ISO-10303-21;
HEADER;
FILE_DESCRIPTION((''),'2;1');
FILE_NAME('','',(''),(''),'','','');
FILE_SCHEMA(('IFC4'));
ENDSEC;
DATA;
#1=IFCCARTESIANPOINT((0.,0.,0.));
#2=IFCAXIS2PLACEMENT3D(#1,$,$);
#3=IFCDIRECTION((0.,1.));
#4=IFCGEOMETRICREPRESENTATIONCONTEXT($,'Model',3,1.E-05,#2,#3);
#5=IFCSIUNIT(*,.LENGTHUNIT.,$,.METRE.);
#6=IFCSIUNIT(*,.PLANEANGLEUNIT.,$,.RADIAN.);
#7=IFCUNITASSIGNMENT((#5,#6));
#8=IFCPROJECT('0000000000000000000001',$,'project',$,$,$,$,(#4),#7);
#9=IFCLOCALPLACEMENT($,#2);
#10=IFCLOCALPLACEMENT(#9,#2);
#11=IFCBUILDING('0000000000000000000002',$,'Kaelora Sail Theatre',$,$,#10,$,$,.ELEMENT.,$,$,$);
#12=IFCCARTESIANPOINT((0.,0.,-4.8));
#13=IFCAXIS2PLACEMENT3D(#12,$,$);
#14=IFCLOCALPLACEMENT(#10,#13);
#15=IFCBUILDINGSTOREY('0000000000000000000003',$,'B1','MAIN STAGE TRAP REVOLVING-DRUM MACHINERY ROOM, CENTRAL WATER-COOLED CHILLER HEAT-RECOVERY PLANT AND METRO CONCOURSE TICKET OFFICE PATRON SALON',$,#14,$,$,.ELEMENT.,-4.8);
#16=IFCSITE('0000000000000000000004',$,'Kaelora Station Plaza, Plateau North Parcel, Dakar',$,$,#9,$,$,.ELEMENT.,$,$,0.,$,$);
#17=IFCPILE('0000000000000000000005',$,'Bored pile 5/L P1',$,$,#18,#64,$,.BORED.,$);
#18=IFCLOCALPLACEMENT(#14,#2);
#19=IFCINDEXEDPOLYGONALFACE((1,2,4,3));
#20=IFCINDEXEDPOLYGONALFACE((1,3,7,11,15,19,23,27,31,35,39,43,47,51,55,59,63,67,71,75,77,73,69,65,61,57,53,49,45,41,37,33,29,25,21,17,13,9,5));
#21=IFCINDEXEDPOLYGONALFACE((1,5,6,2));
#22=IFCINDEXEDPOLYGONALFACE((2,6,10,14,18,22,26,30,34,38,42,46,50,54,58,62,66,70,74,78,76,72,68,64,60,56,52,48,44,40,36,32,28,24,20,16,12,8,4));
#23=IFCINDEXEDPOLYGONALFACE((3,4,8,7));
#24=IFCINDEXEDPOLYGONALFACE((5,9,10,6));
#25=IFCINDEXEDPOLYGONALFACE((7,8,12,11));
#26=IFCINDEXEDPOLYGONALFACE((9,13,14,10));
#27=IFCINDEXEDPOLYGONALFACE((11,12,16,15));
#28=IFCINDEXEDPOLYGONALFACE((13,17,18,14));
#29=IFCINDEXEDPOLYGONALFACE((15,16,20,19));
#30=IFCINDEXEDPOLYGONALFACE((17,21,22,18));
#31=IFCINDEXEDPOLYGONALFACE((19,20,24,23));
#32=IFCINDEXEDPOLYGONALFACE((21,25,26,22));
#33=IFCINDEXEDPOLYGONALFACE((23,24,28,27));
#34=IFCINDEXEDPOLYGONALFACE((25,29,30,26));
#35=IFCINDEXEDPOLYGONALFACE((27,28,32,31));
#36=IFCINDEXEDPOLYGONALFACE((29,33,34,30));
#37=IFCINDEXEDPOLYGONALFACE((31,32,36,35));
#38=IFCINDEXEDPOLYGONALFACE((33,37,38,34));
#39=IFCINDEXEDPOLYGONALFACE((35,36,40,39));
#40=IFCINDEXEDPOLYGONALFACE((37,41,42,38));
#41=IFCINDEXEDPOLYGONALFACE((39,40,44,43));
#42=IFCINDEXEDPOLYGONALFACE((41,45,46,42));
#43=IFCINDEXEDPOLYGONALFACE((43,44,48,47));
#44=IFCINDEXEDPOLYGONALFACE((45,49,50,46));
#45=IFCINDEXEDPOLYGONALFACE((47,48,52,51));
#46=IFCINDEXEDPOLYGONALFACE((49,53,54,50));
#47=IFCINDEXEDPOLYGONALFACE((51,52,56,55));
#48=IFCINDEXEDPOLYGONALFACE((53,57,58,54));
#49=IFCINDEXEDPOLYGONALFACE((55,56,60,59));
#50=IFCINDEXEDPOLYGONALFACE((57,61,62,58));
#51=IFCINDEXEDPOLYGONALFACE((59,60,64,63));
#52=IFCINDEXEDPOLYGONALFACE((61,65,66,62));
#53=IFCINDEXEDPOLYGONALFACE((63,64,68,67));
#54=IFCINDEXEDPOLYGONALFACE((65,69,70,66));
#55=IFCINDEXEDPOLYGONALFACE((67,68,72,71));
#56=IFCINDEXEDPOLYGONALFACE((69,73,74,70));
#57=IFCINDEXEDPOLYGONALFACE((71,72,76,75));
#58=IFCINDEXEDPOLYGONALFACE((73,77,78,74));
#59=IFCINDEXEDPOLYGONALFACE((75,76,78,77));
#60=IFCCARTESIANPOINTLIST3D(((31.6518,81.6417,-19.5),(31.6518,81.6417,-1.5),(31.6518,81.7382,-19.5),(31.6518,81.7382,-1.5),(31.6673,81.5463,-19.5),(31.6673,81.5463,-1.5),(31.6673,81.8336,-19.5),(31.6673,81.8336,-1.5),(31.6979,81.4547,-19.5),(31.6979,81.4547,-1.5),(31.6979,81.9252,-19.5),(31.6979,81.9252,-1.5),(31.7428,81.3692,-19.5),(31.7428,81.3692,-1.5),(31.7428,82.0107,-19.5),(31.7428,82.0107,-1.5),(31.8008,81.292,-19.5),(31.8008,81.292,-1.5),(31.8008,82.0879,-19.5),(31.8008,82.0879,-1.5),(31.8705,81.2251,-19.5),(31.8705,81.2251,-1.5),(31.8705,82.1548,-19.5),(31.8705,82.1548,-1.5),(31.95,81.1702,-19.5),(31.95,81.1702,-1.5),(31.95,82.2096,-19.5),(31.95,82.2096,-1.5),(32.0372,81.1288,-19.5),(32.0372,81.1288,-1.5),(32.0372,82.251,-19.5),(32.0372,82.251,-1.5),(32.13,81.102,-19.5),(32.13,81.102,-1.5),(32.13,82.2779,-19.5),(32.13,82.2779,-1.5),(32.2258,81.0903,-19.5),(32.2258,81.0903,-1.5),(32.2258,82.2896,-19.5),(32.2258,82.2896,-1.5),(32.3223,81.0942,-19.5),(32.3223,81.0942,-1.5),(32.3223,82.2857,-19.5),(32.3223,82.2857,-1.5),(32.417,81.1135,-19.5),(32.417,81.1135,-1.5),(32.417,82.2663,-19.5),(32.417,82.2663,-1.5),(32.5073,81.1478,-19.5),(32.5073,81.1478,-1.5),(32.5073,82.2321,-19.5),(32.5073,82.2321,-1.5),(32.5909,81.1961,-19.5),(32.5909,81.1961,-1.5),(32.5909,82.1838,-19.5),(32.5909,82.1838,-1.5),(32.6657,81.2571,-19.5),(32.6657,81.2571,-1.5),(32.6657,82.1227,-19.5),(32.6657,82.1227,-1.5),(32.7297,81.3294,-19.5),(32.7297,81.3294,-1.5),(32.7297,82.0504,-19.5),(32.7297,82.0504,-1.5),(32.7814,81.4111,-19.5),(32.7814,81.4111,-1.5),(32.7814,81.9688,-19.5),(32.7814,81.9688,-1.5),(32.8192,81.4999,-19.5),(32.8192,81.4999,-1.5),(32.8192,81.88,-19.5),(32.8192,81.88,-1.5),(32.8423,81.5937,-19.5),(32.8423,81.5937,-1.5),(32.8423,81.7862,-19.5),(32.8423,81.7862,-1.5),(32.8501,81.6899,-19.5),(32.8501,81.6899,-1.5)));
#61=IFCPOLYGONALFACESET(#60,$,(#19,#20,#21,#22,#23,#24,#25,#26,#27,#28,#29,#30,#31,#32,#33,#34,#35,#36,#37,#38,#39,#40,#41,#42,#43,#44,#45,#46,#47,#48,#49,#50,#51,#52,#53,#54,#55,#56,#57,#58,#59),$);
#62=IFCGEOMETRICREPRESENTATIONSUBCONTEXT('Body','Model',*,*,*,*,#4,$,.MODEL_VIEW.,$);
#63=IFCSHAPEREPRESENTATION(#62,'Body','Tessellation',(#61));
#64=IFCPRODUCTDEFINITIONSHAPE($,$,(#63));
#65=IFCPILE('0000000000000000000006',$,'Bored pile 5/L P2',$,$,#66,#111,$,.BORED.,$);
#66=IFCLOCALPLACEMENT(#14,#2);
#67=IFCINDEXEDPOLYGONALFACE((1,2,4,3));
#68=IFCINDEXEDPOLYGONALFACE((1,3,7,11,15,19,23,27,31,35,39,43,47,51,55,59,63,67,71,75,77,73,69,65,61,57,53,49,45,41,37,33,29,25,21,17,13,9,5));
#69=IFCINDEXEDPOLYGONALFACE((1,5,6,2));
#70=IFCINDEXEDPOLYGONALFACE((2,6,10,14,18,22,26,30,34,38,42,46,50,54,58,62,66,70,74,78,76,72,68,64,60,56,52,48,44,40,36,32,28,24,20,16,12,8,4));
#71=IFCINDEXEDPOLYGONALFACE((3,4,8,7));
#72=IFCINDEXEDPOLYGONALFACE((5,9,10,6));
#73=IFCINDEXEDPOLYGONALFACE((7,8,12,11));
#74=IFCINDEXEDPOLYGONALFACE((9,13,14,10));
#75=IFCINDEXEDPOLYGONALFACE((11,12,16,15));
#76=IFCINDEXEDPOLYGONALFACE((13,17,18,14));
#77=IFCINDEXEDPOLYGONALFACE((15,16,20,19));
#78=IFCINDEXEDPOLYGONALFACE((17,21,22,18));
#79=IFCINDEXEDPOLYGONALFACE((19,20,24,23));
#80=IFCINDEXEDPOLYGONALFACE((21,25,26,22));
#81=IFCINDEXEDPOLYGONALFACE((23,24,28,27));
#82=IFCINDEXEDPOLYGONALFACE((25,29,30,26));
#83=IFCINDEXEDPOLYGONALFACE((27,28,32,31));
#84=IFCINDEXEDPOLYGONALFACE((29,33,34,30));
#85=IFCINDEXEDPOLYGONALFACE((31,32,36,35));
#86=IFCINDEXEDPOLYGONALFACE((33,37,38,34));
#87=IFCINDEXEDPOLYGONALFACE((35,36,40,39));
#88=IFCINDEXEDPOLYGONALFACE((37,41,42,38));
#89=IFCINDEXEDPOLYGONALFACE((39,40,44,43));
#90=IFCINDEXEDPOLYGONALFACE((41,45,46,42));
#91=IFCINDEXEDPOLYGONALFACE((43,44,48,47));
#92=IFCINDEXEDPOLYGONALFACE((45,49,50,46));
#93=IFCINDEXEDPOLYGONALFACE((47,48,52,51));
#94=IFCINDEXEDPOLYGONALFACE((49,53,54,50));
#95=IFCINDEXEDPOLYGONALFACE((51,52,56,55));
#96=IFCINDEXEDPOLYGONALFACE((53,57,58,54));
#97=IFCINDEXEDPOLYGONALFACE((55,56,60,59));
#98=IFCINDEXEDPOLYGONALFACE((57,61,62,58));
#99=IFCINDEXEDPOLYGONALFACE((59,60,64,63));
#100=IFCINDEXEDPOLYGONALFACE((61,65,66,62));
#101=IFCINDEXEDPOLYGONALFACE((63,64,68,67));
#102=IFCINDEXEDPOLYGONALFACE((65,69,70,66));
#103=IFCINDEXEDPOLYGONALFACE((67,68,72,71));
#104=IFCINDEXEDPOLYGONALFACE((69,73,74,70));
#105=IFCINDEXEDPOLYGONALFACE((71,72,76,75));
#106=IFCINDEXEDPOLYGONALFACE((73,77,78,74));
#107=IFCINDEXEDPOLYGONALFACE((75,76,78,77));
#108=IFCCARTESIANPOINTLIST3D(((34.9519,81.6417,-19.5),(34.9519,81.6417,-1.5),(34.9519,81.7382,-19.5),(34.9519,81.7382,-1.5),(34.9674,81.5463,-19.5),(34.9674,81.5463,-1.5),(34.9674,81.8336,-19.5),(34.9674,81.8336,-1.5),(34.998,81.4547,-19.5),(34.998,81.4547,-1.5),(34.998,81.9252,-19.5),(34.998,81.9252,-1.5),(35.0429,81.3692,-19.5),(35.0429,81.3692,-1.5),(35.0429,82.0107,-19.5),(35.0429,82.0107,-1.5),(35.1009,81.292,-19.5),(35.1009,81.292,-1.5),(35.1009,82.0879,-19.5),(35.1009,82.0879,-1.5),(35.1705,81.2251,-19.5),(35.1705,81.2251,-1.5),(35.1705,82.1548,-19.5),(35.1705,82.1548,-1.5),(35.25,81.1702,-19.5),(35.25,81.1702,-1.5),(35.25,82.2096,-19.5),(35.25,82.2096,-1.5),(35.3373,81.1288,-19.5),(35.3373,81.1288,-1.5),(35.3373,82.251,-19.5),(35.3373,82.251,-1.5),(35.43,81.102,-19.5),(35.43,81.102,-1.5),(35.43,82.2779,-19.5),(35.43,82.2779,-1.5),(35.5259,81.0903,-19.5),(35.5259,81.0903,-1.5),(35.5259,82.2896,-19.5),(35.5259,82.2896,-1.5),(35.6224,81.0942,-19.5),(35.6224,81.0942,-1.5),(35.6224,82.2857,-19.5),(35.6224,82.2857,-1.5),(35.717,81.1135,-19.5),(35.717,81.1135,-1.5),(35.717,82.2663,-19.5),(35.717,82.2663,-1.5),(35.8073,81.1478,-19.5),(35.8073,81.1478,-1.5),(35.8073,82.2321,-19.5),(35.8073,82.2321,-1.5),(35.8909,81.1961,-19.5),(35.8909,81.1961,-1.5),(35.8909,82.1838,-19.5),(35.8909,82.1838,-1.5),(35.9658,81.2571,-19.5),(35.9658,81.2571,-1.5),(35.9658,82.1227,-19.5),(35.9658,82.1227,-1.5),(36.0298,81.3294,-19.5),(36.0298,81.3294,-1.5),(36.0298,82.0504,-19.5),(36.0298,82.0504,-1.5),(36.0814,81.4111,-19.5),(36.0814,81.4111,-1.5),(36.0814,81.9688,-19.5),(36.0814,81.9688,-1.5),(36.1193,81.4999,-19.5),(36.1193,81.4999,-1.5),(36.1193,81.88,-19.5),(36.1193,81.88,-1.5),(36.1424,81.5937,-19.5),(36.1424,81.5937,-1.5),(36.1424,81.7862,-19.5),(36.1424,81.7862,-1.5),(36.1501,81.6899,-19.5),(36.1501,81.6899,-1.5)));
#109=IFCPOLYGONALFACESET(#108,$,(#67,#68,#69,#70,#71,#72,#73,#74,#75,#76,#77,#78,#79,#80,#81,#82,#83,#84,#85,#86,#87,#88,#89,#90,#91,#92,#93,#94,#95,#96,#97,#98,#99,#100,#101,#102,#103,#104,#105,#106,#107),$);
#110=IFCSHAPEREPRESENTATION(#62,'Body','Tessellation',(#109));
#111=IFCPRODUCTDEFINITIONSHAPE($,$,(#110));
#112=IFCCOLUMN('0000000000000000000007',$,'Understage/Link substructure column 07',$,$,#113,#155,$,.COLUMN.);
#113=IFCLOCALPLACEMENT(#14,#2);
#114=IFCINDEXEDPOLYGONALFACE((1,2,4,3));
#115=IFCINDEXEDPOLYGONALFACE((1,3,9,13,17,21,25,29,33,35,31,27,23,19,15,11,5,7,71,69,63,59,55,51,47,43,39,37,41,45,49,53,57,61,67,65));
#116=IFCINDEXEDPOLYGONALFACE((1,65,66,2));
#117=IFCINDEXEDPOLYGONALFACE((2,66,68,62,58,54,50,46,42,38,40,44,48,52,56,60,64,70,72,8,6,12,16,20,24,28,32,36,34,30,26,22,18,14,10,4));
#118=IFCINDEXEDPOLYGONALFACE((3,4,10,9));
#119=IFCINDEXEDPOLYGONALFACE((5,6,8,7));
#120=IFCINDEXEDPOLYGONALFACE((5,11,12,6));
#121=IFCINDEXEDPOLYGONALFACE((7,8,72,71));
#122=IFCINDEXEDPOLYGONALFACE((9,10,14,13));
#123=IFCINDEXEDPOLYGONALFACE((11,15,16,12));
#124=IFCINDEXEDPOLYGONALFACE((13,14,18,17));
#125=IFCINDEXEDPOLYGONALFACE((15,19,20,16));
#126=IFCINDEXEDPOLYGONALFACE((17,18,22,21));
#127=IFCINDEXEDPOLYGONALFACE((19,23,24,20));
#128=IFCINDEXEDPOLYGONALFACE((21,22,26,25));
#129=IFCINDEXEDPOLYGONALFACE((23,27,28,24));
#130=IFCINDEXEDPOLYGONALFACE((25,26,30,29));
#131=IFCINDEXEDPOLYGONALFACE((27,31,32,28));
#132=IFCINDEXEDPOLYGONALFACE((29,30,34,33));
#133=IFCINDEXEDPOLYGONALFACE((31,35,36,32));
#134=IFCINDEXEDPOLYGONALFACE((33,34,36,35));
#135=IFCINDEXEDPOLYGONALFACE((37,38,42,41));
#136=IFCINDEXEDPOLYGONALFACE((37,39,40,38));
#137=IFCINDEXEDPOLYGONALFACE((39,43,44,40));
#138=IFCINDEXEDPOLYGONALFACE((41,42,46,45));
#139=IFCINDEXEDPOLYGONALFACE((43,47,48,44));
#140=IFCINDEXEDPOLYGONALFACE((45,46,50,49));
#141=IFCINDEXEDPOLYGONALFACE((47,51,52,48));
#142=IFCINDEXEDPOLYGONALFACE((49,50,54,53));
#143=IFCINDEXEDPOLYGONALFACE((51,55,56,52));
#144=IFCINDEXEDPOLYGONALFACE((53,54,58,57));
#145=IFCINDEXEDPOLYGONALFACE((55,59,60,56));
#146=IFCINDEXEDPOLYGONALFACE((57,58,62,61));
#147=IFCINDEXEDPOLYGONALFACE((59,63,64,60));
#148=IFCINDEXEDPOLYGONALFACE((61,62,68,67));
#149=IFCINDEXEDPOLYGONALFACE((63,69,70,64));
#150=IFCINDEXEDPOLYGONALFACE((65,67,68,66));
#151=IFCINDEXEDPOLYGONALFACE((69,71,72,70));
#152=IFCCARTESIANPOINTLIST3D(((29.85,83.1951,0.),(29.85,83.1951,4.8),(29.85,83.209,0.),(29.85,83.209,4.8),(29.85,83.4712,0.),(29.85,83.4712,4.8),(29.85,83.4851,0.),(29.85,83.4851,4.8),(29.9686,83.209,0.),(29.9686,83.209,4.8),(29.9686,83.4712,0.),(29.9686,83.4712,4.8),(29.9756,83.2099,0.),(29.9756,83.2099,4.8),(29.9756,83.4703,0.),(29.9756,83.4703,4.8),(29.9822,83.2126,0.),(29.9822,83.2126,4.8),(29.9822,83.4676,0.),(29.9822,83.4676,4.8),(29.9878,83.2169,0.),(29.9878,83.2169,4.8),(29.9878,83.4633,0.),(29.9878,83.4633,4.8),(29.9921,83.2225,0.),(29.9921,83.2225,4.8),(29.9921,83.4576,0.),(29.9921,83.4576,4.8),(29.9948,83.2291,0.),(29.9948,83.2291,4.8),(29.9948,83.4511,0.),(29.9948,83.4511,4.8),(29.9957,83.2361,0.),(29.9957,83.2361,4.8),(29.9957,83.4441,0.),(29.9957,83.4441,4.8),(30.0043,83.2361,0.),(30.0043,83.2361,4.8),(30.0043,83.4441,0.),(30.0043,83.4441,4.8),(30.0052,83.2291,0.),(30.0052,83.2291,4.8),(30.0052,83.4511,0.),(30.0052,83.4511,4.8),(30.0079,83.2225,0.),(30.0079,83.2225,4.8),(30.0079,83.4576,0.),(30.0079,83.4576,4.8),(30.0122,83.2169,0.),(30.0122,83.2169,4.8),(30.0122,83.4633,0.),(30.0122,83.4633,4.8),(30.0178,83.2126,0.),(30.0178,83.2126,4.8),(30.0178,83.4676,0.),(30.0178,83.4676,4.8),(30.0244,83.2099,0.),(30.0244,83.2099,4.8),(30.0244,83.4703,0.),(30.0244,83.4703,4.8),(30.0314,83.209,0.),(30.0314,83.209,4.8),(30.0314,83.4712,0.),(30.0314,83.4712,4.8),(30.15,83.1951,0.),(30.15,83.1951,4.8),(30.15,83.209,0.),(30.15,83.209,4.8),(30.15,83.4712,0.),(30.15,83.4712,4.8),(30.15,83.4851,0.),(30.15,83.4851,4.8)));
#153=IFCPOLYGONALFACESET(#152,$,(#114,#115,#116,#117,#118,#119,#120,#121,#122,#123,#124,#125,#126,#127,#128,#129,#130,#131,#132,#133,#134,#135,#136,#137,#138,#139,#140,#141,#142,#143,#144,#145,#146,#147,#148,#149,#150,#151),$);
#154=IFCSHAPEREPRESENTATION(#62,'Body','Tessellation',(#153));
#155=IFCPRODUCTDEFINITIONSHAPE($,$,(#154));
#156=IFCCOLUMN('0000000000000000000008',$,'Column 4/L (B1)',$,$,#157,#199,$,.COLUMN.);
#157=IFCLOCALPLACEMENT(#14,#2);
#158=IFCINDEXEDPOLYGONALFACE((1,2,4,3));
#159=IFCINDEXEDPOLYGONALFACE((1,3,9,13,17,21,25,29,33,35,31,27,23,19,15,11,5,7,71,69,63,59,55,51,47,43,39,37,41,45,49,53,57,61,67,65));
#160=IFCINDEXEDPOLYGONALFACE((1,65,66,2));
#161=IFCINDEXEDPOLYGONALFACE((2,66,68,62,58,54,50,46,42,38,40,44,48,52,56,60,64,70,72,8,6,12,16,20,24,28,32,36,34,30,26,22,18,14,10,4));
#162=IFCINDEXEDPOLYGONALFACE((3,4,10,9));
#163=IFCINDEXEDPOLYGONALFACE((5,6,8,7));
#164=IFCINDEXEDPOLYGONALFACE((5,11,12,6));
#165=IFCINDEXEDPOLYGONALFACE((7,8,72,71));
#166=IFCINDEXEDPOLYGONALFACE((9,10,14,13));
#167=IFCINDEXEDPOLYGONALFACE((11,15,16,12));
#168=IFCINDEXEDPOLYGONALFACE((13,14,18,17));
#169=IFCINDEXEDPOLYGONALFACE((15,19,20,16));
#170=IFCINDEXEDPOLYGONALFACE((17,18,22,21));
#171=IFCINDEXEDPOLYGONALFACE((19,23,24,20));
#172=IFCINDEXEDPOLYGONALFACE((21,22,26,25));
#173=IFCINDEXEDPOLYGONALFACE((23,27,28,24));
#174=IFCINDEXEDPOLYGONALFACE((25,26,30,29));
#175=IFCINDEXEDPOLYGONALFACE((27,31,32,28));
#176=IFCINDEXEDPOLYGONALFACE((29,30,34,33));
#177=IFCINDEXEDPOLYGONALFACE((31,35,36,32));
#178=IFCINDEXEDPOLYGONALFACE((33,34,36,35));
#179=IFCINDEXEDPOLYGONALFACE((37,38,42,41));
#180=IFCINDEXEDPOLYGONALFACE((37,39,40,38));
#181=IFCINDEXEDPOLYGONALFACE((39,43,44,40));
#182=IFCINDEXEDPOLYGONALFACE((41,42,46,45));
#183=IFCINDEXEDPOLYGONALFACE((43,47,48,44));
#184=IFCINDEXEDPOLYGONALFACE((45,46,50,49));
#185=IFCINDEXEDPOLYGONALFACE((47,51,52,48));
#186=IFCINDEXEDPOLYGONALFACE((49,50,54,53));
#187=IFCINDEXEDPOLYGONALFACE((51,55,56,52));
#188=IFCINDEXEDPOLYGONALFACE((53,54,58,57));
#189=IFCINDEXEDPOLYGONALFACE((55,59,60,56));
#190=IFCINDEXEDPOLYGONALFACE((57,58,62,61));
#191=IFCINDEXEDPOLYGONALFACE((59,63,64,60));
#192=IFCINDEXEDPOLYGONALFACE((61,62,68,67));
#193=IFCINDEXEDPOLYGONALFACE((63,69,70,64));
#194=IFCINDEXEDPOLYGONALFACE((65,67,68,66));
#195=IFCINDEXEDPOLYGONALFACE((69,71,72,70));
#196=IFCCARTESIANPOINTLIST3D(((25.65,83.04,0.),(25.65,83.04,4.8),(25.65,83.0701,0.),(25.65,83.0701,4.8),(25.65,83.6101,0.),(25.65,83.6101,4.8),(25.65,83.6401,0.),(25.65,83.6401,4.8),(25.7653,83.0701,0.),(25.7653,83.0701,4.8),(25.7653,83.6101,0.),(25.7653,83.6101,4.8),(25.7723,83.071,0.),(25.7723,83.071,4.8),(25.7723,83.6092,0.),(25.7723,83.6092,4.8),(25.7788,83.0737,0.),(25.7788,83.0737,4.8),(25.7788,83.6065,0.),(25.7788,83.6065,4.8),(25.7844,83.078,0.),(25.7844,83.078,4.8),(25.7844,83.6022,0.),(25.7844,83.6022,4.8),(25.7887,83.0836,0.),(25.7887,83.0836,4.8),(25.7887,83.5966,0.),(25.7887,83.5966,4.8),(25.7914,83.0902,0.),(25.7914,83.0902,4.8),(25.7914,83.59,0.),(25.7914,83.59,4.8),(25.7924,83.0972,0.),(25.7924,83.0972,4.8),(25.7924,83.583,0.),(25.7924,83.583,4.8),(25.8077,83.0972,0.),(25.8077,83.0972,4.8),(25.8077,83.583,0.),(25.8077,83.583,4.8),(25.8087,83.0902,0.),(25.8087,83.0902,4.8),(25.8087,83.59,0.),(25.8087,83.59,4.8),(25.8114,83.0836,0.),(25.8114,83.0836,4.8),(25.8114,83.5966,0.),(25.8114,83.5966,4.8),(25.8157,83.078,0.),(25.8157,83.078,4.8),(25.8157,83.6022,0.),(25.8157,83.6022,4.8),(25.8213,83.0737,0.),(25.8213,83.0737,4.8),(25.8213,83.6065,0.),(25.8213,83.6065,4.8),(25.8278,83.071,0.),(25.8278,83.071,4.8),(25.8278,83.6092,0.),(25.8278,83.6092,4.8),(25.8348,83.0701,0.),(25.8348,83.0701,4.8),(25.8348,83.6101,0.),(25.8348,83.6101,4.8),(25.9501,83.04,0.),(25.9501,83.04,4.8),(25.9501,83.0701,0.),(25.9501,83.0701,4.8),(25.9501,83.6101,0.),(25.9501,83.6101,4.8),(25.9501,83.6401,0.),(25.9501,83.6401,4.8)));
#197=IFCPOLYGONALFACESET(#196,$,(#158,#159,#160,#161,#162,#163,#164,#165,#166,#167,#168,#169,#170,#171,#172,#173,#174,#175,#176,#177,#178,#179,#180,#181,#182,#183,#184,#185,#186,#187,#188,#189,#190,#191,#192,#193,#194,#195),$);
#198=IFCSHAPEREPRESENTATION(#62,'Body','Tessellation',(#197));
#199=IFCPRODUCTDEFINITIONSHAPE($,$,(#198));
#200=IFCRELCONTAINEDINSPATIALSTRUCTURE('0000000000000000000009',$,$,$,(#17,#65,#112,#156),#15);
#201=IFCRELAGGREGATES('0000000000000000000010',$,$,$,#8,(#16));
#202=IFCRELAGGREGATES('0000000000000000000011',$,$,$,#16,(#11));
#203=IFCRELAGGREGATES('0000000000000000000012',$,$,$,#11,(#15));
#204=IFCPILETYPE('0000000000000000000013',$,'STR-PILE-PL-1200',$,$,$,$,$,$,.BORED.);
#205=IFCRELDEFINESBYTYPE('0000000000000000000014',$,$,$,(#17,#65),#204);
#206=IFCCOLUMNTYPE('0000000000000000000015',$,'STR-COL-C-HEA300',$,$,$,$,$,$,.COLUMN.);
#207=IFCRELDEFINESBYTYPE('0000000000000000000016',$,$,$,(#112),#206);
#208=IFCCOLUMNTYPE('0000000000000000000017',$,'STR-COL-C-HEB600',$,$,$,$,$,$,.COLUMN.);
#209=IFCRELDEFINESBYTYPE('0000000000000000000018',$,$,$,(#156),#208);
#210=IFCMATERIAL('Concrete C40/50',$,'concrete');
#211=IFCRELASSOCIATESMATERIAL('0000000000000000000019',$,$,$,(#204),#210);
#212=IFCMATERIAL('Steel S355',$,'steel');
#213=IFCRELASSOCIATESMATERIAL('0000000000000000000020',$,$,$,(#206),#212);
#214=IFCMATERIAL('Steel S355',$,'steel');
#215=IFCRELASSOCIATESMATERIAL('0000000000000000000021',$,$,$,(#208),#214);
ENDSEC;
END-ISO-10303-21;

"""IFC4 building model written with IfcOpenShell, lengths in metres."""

from ifc_helpers import new_model, si_unit, direction, frame, origin, origin_2d, place, context, subcontext, project, spatial, circle, i_section, extrude, material, material_profile, profile_set, type_object, element, save


model = new_model("IFC4")

# Units and contexts
model_context = context("Model", 3, precision=1e-05, world=origin(), true_north=direction((0.0, 1.0)))
body_context = subcontext(model_context, "Body", "Model", "MODEL_VIEW")
ifc_project = project(units=[si_unit("LENGTHUNIT", "METRE"), si_unit("PLANEANGLEUNIT", "RADIAN")], contexts=[model_context])

# Site, building, storey
site_placement = place(None, origin())
site = spatial("IfcSite", under=ifc_project, at=site_placement, Name="Kaelora Station Plaza, Plateau North Parcel, Dakar", CompositionType="ELEMENT", RefElevation=0.0)
building_placement = place(site_placement, origin())
building = spatial("IfcBuilding", under=site, at=building_placement, Name="Kaelora Sail Theatre", CompositionType="ELEMENT")
storey_placement = place(building_placement, frame((0.0, 0.0, -4.8)))
storey = spatial("IfcBuildingStorey", under=building, at=storey_placement, Name="B1", Description="MAIN STAGE TRAP REVOLVING-DRUM MACHINERY ROOM, CENTRAL WATER-COOLED CHILLER HEAT-RECOVERY PLANT AND METRO CONCOURSE TICKET OFFICE PATRON SALON", CompositionType="ELEMENT", Elevation=-4.8)

# Piles
ifc_material_1 = material(Name="Concrete C40/50", Category="concrete")
ifc_material_profile_1 = material_profile(ifc_material_1, circle(Radius=0.6001, at=origin_2d()), Name="PILE D1200")
ifc_profile_set_1 = profile_set([ifc_material_profile_1], Name="Concrete C40/50")
pile_type_1 = type_object("IfcPileType", Name="STR-PILE-PL-1200", PredefinedType="BORED", material=ifc_profile_set_1)
for number, where, z_axis, x_axis, name in (
    (1, (32.25, 81.6899, -1.5), (0.0, 0.0, -1.0), (1.0, 0.0, 0.0), "Bored pile 5/L P1"),
    (2, (35.55, 81.6899, -1.5), (0.0, 0.0, -1.0), (1.0, 0.0, 0.0), "Bored pile 5/L P2"),
):
    element("IfcPile", number, at=place(storey_placement, frame(where, z_axis=z_axis, x_axis=x_axis)), inside=storey, type_object=pile_type_1, Name=name, PredefinedType="BORED", context=body_context, shape_type="SweptSolid", body=[
        extrude(circle(Radius=0.6001, at=origin_2d()), origin(), (0.0, 0.0, 1.0), 18.0),
    ])

# Columns
ifc_material_2 = material(Name="Steel S355", Category="steel")
ifc_material_profile_2 = material_profile(ifc_material_2, i_section(OverallWidth=0.3, OverallDepth=0.29, WebThickness=0.0085, FlangeThickness=0.0139, FilletRadius=0.0271, at=origin_2d()), Name="HEA 300")
ifc_profile_set_2 = profile_set([ifc_material_profile_2], Name="Steel S355")
column_type_1 = type_object("IfcColumnType", Name="STR-COL-C-HEA300", PredefinedType="COLUMN", material=ifc_profile_set_2)
column_placement = place(storey_placement, frame((30.0, 83.3401, 0.0), z_axis=(0.0, 0.0, 1.0), x_axis=(1.0, 0.0, 0.0)))
element("IfcColumn", 3, at=column_placement, inside=storey, type_object=column_type_1, Name="Understage/Link substructure column 07", PredefinedType="COLUMN", context=body_context, shape_type="SweptSolid", body=[
    extrude(i_section(OverallWidth=0.3, OverallDepth=0.29, WebThickness=0.0085, FlangeThickness=0.0139, FilletRadius=0.0271, at=origin_2d()), origin(), (0.0, 0.0, 1.0), 4.8),
])
ifc_material_3 = material(Name="Steel S355", Category="steel")
ifc_material_profile_3 = material_profile(ifc_material_3, i_section(OverallWidth=0.3, OverallDepth=0.6001, WebThickness=0.0154, FlangeThickness=0.03, FilletRadius=0.0271, at=origin_2d()), Name="HEB 600")
ifc_profile_set_3 = profile_set([ifc_material_profile_3], Name="Steel S355")
column_type_2 = type_object("IfcColumnType", Name="STR-COL-C-HEB600", PredefinedType="COLUMN", material=ifc_profile_set_3)
for number, where, z_axis, x_axis, name in (
    (4, (25.8, 83.3401, 0.0), (0.0, 0.0, 1.0), (1.0, 0.0, 0.0), "Column 4/L (B1)"),
):
    element("IfcColumn", number, at=place(storey_placement, frame(where, z_axis=z_axis, x_axis=x_axis)), inside=storey, type_object=column_type_2, Name=name, PredefinedType="COLUMN", context=body_context, shape_type="SweptSolid", body=[
        extrude(i_section(OverallWidth=0.3, OverallDepth=0.6001, WebThickness=0.0154, FlangeThickness=0.03, FilletRadius=0.0271, at=origin_2d()), origin(), (0.0, 0.0, 1.0), 4.8),
    ])

save(model, "model.ifc")
